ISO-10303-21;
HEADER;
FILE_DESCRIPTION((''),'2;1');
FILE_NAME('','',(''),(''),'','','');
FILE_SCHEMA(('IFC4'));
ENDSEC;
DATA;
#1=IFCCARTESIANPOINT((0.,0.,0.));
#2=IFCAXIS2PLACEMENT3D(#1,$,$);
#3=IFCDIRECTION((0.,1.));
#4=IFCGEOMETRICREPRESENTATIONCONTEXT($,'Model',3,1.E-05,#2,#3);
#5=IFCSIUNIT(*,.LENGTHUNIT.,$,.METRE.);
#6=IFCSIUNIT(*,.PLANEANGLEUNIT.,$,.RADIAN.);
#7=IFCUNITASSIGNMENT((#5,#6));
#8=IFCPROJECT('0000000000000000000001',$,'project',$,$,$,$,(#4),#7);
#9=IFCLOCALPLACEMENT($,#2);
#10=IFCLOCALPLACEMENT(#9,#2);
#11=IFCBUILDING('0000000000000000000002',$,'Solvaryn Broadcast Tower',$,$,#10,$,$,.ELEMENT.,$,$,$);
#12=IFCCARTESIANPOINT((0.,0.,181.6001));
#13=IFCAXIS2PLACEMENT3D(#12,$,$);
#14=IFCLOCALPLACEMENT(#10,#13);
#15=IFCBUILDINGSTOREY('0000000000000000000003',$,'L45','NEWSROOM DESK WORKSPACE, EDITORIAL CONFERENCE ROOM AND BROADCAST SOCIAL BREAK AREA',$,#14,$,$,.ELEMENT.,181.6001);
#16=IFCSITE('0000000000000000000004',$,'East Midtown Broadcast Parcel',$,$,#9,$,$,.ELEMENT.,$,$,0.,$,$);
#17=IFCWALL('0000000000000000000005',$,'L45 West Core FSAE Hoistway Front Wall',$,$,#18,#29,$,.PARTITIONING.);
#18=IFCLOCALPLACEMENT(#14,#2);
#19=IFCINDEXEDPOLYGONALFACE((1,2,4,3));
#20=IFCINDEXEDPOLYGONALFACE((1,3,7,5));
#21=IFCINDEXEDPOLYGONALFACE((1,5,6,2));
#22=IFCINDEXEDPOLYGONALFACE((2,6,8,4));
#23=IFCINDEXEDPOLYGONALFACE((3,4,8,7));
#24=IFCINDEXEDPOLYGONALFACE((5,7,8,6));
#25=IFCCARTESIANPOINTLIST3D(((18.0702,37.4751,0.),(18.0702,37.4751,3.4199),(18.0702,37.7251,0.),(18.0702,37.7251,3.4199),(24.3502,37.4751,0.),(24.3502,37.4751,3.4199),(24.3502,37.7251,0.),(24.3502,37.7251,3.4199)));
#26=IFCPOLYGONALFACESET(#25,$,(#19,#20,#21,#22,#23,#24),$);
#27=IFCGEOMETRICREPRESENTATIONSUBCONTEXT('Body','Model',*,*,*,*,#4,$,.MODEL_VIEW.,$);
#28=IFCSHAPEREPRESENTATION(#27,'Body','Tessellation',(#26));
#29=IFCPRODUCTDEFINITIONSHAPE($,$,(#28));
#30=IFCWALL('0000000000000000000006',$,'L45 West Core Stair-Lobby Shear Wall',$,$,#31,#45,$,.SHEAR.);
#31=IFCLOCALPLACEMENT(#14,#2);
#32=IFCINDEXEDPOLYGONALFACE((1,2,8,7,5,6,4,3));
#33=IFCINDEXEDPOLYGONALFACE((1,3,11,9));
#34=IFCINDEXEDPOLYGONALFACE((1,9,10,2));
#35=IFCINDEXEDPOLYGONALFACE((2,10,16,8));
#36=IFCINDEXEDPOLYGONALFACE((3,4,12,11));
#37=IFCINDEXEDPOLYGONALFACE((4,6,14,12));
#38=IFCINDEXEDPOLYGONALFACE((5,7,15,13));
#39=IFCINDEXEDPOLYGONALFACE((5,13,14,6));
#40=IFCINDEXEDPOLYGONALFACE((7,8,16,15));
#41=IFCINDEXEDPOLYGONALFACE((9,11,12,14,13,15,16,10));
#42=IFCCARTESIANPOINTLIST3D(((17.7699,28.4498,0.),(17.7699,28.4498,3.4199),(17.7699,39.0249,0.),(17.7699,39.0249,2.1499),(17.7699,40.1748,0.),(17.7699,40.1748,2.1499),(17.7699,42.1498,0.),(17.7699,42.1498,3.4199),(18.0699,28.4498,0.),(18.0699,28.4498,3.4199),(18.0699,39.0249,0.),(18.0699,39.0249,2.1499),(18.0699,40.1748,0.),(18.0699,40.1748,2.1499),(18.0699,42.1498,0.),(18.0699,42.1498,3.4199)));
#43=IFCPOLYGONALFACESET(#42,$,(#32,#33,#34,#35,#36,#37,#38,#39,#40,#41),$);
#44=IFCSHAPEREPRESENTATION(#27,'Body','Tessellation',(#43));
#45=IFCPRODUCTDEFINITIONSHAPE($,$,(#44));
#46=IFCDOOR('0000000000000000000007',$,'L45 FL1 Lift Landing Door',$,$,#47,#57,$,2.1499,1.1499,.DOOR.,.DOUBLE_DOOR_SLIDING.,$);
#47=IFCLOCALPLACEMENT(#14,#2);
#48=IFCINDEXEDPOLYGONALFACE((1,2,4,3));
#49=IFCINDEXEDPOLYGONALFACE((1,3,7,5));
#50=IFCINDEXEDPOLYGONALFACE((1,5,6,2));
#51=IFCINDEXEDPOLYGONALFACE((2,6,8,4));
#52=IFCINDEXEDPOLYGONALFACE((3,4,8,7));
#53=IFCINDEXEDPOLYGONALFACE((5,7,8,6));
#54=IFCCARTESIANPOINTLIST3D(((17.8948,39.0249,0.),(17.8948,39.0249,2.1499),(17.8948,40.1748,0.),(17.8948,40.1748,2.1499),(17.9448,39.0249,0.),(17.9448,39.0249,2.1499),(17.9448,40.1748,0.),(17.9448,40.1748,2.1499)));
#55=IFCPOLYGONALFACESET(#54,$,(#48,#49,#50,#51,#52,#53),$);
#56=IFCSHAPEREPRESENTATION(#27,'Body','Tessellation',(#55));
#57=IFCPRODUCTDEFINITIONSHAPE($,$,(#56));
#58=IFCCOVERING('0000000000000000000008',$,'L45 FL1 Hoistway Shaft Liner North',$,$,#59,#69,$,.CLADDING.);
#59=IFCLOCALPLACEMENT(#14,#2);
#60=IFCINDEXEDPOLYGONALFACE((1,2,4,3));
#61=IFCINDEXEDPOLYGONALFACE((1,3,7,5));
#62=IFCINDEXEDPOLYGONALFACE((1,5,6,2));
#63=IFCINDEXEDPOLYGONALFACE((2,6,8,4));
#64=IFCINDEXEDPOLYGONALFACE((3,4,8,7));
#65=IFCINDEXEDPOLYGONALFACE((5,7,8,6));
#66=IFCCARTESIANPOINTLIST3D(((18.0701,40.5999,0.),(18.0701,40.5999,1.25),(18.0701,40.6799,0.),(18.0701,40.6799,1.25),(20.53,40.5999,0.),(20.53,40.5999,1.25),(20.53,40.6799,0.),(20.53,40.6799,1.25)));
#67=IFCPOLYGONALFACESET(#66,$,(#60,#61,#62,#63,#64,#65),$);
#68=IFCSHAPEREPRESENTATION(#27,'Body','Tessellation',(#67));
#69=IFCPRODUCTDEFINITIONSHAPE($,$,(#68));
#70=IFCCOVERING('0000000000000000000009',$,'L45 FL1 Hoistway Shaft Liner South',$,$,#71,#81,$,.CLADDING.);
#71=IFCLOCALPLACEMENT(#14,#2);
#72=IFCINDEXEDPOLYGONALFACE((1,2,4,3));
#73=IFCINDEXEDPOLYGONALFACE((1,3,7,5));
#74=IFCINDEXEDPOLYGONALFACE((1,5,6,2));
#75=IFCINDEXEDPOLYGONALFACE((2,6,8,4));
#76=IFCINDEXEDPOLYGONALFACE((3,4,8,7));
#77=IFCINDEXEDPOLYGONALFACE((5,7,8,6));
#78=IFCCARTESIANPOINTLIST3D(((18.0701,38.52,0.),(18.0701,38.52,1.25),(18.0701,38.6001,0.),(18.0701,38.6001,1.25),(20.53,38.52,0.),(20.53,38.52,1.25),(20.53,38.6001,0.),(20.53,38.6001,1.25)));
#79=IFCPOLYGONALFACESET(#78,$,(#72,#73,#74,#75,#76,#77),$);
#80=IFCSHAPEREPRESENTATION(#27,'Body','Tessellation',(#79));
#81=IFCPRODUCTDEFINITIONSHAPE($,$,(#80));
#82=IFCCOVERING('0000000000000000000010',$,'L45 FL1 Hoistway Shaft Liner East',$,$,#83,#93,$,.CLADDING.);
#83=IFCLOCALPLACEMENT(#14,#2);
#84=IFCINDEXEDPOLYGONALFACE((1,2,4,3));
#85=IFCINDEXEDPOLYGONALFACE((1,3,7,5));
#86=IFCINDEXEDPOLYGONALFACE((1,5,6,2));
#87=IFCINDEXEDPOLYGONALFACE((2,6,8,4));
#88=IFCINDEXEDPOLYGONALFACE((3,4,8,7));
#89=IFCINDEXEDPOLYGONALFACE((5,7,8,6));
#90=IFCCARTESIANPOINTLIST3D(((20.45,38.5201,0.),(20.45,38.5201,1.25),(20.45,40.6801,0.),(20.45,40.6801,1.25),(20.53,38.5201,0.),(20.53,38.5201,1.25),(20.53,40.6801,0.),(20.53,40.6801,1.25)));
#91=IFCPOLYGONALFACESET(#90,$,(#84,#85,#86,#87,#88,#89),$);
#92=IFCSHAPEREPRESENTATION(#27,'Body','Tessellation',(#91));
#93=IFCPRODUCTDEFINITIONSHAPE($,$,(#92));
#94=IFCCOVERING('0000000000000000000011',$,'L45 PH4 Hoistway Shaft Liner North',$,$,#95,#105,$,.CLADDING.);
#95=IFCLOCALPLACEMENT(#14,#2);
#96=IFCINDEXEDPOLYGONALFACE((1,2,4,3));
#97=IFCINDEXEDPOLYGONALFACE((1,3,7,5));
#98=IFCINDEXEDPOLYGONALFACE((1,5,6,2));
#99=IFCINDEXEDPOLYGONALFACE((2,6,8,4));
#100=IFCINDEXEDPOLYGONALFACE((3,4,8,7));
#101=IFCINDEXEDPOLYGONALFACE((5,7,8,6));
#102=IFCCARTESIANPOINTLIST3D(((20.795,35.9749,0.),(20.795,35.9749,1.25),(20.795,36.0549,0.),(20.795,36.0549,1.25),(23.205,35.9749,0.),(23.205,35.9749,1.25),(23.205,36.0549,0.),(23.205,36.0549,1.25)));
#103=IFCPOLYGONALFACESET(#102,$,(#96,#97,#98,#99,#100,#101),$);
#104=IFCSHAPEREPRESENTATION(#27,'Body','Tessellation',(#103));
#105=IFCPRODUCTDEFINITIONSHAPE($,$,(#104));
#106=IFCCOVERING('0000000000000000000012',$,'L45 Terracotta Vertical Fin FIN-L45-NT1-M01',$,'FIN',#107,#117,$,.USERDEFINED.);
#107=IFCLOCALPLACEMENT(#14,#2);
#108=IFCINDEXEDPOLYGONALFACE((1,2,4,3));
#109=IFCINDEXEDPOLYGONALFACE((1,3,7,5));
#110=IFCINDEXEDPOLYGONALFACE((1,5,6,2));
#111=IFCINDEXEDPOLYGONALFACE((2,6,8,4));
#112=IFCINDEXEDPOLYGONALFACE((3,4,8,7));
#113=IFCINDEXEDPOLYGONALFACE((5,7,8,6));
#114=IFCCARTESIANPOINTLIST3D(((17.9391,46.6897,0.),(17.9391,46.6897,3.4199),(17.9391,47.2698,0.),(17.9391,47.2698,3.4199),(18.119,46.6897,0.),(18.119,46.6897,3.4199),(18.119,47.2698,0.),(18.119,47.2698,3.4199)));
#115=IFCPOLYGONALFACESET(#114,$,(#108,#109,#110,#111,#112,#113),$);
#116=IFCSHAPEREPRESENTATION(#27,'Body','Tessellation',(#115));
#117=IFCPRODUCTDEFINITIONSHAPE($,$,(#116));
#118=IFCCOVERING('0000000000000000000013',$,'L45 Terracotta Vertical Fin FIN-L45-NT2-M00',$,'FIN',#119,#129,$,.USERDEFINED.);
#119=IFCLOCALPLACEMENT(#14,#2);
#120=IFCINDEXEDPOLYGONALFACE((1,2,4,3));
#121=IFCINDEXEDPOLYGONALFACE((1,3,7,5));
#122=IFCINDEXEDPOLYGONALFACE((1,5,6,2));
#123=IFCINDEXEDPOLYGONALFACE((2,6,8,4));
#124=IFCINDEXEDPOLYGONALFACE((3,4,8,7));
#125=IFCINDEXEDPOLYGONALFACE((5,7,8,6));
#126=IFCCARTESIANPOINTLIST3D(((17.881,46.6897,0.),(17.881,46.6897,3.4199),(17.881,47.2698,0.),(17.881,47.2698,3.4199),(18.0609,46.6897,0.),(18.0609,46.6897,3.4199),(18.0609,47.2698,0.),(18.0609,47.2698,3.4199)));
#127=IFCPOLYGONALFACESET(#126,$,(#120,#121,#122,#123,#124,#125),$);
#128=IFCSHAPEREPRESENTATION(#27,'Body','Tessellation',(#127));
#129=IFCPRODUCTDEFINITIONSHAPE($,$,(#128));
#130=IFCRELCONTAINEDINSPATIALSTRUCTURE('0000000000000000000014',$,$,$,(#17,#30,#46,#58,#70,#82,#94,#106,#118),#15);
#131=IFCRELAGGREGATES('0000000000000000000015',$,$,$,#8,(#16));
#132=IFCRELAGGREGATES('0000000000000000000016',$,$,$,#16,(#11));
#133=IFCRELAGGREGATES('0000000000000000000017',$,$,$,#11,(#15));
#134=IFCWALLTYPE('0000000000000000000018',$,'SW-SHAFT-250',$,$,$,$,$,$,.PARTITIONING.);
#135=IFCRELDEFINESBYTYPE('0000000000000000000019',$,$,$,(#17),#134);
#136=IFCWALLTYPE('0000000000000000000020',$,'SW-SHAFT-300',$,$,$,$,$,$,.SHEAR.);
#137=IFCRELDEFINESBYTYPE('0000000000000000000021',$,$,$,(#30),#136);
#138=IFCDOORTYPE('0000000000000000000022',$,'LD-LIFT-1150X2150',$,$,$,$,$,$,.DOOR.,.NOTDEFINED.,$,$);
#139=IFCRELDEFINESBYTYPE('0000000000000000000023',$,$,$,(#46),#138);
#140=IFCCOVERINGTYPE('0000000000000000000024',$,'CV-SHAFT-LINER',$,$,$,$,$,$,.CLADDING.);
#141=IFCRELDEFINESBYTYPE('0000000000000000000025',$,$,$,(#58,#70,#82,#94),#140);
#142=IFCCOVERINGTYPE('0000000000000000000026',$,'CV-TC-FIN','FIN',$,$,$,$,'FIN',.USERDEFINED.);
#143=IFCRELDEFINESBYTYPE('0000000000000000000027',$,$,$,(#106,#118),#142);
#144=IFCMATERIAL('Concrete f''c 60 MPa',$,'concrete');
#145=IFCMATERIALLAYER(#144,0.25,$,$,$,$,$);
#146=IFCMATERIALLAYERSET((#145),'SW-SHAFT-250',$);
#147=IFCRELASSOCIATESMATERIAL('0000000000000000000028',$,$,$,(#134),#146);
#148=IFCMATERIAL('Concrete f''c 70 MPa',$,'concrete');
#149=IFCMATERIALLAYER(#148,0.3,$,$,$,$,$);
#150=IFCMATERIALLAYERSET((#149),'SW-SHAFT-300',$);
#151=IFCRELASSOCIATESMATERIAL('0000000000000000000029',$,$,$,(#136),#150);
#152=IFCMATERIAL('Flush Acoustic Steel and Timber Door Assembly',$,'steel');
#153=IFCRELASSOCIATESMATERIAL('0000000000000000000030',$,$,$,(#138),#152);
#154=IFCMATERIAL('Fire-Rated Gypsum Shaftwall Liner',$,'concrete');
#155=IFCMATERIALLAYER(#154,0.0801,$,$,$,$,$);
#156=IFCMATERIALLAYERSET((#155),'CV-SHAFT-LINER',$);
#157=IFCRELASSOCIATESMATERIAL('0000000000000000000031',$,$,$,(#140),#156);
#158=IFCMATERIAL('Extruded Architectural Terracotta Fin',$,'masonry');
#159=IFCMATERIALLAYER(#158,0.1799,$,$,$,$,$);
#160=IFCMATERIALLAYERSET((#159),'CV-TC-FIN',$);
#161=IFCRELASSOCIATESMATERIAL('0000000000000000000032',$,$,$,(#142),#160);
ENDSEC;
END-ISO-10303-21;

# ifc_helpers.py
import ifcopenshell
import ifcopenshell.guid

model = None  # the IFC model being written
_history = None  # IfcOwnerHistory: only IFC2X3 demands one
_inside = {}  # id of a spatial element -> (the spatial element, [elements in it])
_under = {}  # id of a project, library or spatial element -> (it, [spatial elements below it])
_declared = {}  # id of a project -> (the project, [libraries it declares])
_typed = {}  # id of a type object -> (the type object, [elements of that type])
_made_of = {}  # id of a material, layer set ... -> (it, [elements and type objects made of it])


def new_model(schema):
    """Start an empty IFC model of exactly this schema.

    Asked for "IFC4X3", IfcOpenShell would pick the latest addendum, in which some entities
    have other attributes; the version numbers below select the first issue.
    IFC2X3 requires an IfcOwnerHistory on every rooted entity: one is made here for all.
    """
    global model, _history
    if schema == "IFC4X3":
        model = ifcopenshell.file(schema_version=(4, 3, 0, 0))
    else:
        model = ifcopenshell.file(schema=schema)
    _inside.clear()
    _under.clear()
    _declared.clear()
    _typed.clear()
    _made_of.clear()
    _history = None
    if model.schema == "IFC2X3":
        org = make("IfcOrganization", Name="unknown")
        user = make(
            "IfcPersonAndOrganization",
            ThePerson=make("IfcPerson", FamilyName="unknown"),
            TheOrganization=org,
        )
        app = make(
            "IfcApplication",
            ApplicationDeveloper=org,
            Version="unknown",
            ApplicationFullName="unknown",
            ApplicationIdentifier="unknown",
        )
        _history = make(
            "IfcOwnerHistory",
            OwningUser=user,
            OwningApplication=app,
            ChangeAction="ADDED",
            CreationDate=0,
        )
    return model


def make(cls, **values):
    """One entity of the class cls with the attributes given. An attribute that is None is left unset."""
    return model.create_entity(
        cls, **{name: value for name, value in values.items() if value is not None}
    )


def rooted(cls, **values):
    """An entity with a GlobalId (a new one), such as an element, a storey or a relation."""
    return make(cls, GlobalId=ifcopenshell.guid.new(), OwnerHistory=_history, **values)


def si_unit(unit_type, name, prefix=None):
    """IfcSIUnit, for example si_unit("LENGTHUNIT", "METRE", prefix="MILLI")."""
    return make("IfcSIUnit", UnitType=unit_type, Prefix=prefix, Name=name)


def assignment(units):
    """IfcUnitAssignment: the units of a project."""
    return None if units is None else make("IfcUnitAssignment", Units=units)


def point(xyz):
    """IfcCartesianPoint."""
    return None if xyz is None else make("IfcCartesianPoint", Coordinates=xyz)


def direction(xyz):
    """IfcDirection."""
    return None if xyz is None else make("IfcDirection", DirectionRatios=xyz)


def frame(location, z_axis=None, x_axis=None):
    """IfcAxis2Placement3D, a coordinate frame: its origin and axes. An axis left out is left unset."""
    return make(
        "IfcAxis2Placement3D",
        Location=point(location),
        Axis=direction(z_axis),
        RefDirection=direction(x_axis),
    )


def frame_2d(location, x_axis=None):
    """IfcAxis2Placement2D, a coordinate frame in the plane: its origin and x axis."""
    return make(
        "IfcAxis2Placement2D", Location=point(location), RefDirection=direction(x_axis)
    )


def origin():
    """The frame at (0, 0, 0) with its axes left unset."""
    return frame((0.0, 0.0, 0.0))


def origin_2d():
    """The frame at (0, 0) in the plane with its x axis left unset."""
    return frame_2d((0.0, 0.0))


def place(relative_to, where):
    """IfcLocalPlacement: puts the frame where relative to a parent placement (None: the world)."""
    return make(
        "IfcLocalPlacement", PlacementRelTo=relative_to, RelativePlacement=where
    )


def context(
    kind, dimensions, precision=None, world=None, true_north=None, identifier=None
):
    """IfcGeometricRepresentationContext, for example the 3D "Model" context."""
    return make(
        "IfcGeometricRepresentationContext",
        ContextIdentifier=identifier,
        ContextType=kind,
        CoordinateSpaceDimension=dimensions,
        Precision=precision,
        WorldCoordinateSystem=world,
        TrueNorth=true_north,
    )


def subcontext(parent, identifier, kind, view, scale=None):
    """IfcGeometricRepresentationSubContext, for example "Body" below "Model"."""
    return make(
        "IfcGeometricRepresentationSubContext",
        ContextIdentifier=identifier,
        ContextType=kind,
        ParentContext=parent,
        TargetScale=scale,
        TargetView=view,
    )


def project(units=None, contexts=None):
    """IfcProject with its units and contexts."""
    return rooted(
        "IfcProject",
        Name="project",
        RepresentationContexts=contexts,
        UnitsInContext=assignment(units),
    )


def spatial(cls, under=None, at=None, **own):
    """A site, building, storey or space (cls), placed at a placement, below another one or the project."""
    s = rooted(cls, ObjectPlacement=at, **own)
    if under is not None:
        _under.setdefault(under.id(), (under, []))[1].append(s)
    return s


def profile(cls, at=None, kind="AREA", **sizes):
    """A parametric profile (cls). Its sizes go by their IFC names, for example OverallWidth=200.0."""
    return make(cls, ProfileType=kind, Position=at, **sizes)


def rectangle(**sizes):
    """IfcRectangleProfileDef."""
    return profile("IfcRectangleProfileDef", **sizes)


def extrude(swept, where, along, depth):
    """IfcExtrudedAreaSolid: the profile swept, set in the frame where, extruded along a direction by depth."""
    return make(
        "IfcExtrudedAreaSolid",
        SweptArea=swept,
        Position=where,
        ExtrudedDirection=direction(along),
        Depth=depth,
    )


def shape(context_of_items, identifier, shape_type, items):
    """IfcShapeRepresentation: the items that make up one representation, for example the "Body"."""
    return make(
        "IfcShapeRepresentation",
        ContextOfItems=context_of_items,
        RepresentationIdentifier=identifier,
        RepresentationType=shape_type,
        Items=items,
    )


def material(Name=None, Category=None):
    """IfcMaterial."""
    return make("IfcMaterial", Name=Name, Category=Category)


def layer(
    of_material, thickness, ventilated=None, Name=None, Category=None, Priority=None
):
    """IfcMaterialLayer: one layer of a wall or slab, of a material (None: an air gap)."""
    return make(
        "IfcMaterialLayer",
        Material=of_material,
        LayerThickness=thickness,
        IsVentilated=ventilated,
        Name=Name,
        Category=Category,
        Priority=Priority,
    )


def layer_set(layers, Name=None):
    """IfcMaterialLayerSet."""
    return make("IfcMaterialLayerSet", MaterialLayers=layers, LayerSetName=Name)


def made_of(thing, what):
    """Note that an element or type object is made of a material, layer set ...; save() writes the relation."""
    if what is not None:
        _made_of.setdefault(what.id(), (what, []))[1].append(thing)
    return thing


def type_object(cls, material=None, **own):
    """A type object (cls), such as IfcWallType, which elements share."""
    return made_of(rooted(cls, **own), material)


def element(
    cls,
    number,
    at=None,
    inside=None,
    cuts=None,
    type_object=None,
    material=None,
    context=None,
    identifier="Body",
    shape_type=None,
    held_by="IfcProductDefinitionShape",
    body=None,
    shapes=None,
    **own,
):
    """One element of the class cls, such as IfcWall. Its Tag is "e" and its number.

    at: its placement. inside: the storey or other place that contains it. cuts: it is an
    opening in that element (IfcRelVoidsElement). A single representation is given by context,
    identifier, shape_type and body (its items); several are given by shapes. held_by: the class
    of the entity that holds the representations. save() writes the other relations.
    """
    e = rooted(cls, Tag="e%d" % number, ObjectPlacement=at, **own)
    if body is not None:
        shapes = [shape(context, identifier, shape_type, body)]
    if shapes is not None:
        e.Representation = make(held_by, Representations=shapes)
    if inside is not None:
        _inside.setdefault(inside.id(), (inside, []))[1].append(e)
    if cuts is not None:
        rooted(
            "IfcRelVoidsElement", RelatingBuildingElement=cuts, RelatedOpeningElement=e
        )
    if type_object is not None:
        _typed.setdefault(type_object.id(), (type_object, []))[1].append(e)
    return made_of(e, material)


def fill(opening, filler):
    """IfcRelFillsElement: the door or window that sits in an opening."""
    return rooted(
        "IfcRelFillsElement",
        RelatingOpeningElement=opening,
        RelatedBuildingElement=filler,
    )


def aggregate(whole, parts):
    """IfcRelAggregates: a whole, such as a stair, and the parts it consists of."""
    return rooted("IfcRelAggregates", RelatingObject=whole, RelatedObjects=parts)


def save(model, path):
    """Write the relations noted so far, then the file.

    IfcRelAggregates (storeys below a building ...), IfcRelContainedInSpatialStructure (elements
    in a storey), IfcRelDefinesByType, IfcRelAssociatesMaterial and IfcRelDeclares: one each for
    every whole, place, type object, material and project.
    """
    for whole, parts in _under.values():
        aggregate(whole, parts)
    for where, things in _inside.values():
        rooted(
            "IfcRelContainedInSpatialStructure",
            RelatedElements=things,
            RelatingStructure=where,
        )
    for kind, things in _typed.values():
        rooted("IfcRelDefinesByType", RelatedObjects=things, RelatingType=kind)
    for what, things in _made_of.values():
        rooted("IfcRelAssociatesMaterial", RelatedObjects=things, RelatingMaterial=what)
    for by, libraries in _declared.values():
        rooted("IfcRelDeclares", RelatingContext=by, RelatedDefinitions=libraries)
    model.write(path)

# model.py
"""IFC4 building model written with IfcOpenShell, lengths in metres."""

from ifc_helpers import new_model, si_unit, direction, frame, frame_2d, origin, origin_2d, place, context, subcontext, project, spatial, rectangle, extrude, material, layer, layer_set, type_object, element, fill, save


model = new_model("IFC4")

# Units and contexts
model_context = context("Model", 3, precision=1e-05, world=origin(), true_north=direction((0.0, 1.0)))
body_context = subcontext(model_context, "Body", "Model", "MODEL_VIEW")
ifc_project = project(units=[si_unit("LENGTHUNIT", "METRE"), si_unit("PLANEANGLEUNIT", "RADIAN")], contexts=[model_context])

# Site, building, storey
site_placement = place(None, origin())
site = spatial("IfcSite", under=ifc_project, at=site_placement, Name="East Midtown Broadcast Parcel", CompositionType="ELEMENT", RefElevation=0.0)
building_placement = place(site_placement, origin())
building = spatial("IfcBuilding", under=site, at=building_placement, Name="Solvaryn Broadcast Tower", CompositionType="ELEMENT")
storey_placement = place(building_placement, frame((0.0, 0.0, 181.6001)))
storey = spatial("IfcBuildingStorey", under=building, at=storey_placement, Name="L45", Description="NEWSROOM DESK WORKSPACE, EDITORIAL CONFERENCE ROOM AND BROADCAST SOCIAL BREAK AREA", CompositionType="ELEMENT", Elevation=181.6001)

# Wall
ifc_material_1 = material(Name="Concrete f'c 60 MPa", Category="concrete")
ifc_layer_1 = layer(ifc_material_1, 0.25)
ifc_layer_set_1 = layer_set([ifc_layer_1], Name="SW-SHAFT-250")
wall_type_1 = type_object("IfcWallType", Name="SW-SHAFT-250", PredefinedType="PARTITIONING", material=ifc_layer_set_1)
wall_1_placement = place(storey_placement, frame((18.0701, 37.6001, 0.0), z_axis=(0.0, 0.0, 1.0), x_axis=(1.0, 0.0, 0.0)))
element("IfcWall", 1, at=wall_1_placement, inside=storey, type_object=wall_type_1, Name="L45 West Core FSAE Hoistway Front Wall", PredefinedType="PARTITIONING", context=body_context, shape_type="SweptSolid", body=[
    extrude(rectangle(XDim=6.28, YDim=0.25, at=frame_2d((3.1401, 0.0))), origin(), (0.0, 0.0, 1.0), 3.4199),
])

# Wall, opening, door
ifc_material_2 = material(Name="Concrete f'c 70 MPa", Category="concrete")
ifc_layer_2 = layer(ifc_material_2, 0.3)
ifc_layer_set_2 = layer_set([ifc_layer_2], Name="SW-SHAFT-300")
wall_type_2 = type_object("IfcWallType", Name="SW-SHAFT-300", PredefinedType="SHEAR", material=ifc_layer_set_2)
wall_2_placement = place(storey_placement, frame((17.9199, 42.1499, 0.0), z_axis=(0.0, 0.0, 1.0), x_axis=(0.0, -1.0, 0.0)))
wall_2 = element("IfcWall", 2, at=wall_2_placement, inside=storey, type_object=wall_type_2, Name="L45 West Core Stair-Lobby Shear Wall", PredefinedType="SHEAR", context=body_context, shape_type="SweptSolid", body=[
    extrude(rectangle(XDim=13.7, YDim=0.3, at=frame_2d((6.8501, 0.0))), origin(), (0.0, 0.0, 1.0), 3.4199),
])
opening_1_placement = place(wall_2_placement, frame((1.9751, 0.0, 0.0)))
opening_1 = element("IfcOpeningElement", 3, at=opening_1_placement, cuts=wall_2, PredefinedType="OPENING", context=body_context, shape_type="SweptSolid", body=[
    extrude(rectangle(XDim=1.1499, YDim=2.1499, at=frame_2d((0.575, 1.075))), frame((0.0, 0.1599, 0.0), z_axis=(0.0, -1.0, 0.0), x_axis=(1.0, 0.0, 0.0)), (0.0, 0.0, 1.0), 0.3201),
])
ifc_material_3 = material(Name="Flush Acoustic Steel and Timber Door Assembly", Category="steel")
door_type_1 = type_object("IfcDoorType", Name="LD-LIFT-1150X2150", OperationType="NOTDEFINED", PredefinedType="DOOR", material=ifc_material_3)
door_1_placement = place(opening_1_placement, origin())
door_1 = element("IfcDoor", 4, at=door_1_placement, inside=storey, type_object=door_type_1, Name="L45 FL1 Lift Landing Door", OperationType="DOUBLE_DOOR_SLIDING", OverallHeight=2.1499, OverallWidth=1.1499, PredefinedType="DOOR", context=body_context, shape_type="SweptSolid", body=[
    extrude(rectangle(XDim=1.1499, YDim=2.1499, at=frame_2d((0.575, 1.075))), frame((0.0, 0.0249, 0.0), z_axis=(0.0, -1.0, 0.0), x_axis=(1.0, 0.0, 0.0)), (0.0, 0.0, 1.0), 0.05),
])
fill(opening_1, door_1)

# Coverings
ifc_material_4 = material(Name="Fire-Rated Gypsum Shaftwall Liner", Category="concrete")
ifc_layer_3 = layer(ifc_material_4, 0.0801)
ifc_layer_set_3 = layer_set([ifc_layer_3], Name="CV-SHAFT-LINER")
covering_type_1 = type_object("IfcCoveringType", Name="CV-SHAFT-LINER", PredefinedType="CLADDING", material=ifc_layer_set_3)
for number, where, z_axis, x_axis, name in (
    (5, (19.3, 40.6399, 0.0), (0.0, 0.0, 1.0), (1.0, 0.0, 0.0), "L45 FL1 Hoistway Shaft Liner North"),
    (6, (19.3, 38.5601, 0.0), (0.0, 0.0, 1.0), (1.0, 0.0, 0.0), "L45 FL1 Hoistway Shaft Liner South"),
):
    element("IfcCovering", number, at=place(storey_placement, frame(where, z_axis=z_axis, x_axis=x_axis)), inside=storey, type_object=covering_type_1, Name=name, PredefinedType="CLADDING", context=body_context, shape_type="SweptSolid", body=[
        extrude(rectangle(XDim=2.46, YDim=0.0801, at=origin_2d()), origin(), (0.0, 0.0, 1.0), 1.25),
    ])
covering_1_placement = place(storey_placement, frame((20.49, 39.6001, 0.0), z_axis=(0.0, 0.0, 1.0), x_axis=(1.0, 0.0, 0.0)))
element("IfcCovering", 7, at=covering_1_placement, inside=storey, type_object=covering_type_1, Name="L45 FL1 Hoistway Shaft Liner East", PredefinedType="CLADDING", context=body_context, shape_type="SweptSolid", body=[
    extrude(rectangle(XDim=0.0801, YDim=2.1599, at=origin_2d()), origin(), (0.0, 0.0, 1.0), 1.25),
])
covering_2_placement = place(storey_placement, frame((22.0, 36.0149, 0.0), z_axis=(0.0, 0.0, 1.0), x_axis=(1.0, 0.0, 0.0)))
element("IfcCovering", 8, at=covering_2_placement, inside=storey, type_object=covering_type_1, Name="L45 PH4 Hoistway Shaft Liner North", PredefinedType="CLADDING", context=body_context, shape_type="SweptSolid", body=[
    extrude(rectangle(XDim=2.4099, YDim=0.0801, at=origin_2d()), origin(), (0.0, 0.0, 1.0), 1.25),
])
ifc_material_5 = material(Name="Extruded Architectural Terracotta Fin", Category="masonry")
ifc_layer_4 = layer(ifc_material_5, 0.1799)
ifc_layer_set_4 = layer_set([ifc_layer_4], Name="CV-TC-FIN")
covering_type_2 = type_object("IfcCoveringType", Name="CV-TC-FIN", Description="FIN", ElementType="FIN", PredefinedType="USERDEFINED", material=ifc_layer_set_4)
for number, where, z_axis, x_axis, name in (
    (9, (18.0291, 46.9797, 0.0), (0.0, 0.0, 1.0), (1.0, 0.0, 0.0), "L45 Terracotta Vertical Fin FIN-L45-NT1-M01"),
    (10, (17.9709, 46.9797, 0.0), (0.0, 0.0, 1.0), (1.0, 0.0, 0.0), "L45 Terracotta Vertical Fin FIN-L45-NT2-M00"),
):
    element("IfcCovering", number, at=place(storey_placement, frame(where, z_axis=z_axis, x_axis=x_axis)), inside=storey, type_object=covering_type_2, Name=name, ObjectType="FIN", PredefinedType="USERDEFINED", context=body_context, shape_type="SweptSolid", body=[
        extrude(rectangle(XDim=0.1799, YDim=0.5801, at=origin_2d()), origin(), (0.0, 0.0, 1.0), 3.4199),
    ])

save(model, "model.ifc")
